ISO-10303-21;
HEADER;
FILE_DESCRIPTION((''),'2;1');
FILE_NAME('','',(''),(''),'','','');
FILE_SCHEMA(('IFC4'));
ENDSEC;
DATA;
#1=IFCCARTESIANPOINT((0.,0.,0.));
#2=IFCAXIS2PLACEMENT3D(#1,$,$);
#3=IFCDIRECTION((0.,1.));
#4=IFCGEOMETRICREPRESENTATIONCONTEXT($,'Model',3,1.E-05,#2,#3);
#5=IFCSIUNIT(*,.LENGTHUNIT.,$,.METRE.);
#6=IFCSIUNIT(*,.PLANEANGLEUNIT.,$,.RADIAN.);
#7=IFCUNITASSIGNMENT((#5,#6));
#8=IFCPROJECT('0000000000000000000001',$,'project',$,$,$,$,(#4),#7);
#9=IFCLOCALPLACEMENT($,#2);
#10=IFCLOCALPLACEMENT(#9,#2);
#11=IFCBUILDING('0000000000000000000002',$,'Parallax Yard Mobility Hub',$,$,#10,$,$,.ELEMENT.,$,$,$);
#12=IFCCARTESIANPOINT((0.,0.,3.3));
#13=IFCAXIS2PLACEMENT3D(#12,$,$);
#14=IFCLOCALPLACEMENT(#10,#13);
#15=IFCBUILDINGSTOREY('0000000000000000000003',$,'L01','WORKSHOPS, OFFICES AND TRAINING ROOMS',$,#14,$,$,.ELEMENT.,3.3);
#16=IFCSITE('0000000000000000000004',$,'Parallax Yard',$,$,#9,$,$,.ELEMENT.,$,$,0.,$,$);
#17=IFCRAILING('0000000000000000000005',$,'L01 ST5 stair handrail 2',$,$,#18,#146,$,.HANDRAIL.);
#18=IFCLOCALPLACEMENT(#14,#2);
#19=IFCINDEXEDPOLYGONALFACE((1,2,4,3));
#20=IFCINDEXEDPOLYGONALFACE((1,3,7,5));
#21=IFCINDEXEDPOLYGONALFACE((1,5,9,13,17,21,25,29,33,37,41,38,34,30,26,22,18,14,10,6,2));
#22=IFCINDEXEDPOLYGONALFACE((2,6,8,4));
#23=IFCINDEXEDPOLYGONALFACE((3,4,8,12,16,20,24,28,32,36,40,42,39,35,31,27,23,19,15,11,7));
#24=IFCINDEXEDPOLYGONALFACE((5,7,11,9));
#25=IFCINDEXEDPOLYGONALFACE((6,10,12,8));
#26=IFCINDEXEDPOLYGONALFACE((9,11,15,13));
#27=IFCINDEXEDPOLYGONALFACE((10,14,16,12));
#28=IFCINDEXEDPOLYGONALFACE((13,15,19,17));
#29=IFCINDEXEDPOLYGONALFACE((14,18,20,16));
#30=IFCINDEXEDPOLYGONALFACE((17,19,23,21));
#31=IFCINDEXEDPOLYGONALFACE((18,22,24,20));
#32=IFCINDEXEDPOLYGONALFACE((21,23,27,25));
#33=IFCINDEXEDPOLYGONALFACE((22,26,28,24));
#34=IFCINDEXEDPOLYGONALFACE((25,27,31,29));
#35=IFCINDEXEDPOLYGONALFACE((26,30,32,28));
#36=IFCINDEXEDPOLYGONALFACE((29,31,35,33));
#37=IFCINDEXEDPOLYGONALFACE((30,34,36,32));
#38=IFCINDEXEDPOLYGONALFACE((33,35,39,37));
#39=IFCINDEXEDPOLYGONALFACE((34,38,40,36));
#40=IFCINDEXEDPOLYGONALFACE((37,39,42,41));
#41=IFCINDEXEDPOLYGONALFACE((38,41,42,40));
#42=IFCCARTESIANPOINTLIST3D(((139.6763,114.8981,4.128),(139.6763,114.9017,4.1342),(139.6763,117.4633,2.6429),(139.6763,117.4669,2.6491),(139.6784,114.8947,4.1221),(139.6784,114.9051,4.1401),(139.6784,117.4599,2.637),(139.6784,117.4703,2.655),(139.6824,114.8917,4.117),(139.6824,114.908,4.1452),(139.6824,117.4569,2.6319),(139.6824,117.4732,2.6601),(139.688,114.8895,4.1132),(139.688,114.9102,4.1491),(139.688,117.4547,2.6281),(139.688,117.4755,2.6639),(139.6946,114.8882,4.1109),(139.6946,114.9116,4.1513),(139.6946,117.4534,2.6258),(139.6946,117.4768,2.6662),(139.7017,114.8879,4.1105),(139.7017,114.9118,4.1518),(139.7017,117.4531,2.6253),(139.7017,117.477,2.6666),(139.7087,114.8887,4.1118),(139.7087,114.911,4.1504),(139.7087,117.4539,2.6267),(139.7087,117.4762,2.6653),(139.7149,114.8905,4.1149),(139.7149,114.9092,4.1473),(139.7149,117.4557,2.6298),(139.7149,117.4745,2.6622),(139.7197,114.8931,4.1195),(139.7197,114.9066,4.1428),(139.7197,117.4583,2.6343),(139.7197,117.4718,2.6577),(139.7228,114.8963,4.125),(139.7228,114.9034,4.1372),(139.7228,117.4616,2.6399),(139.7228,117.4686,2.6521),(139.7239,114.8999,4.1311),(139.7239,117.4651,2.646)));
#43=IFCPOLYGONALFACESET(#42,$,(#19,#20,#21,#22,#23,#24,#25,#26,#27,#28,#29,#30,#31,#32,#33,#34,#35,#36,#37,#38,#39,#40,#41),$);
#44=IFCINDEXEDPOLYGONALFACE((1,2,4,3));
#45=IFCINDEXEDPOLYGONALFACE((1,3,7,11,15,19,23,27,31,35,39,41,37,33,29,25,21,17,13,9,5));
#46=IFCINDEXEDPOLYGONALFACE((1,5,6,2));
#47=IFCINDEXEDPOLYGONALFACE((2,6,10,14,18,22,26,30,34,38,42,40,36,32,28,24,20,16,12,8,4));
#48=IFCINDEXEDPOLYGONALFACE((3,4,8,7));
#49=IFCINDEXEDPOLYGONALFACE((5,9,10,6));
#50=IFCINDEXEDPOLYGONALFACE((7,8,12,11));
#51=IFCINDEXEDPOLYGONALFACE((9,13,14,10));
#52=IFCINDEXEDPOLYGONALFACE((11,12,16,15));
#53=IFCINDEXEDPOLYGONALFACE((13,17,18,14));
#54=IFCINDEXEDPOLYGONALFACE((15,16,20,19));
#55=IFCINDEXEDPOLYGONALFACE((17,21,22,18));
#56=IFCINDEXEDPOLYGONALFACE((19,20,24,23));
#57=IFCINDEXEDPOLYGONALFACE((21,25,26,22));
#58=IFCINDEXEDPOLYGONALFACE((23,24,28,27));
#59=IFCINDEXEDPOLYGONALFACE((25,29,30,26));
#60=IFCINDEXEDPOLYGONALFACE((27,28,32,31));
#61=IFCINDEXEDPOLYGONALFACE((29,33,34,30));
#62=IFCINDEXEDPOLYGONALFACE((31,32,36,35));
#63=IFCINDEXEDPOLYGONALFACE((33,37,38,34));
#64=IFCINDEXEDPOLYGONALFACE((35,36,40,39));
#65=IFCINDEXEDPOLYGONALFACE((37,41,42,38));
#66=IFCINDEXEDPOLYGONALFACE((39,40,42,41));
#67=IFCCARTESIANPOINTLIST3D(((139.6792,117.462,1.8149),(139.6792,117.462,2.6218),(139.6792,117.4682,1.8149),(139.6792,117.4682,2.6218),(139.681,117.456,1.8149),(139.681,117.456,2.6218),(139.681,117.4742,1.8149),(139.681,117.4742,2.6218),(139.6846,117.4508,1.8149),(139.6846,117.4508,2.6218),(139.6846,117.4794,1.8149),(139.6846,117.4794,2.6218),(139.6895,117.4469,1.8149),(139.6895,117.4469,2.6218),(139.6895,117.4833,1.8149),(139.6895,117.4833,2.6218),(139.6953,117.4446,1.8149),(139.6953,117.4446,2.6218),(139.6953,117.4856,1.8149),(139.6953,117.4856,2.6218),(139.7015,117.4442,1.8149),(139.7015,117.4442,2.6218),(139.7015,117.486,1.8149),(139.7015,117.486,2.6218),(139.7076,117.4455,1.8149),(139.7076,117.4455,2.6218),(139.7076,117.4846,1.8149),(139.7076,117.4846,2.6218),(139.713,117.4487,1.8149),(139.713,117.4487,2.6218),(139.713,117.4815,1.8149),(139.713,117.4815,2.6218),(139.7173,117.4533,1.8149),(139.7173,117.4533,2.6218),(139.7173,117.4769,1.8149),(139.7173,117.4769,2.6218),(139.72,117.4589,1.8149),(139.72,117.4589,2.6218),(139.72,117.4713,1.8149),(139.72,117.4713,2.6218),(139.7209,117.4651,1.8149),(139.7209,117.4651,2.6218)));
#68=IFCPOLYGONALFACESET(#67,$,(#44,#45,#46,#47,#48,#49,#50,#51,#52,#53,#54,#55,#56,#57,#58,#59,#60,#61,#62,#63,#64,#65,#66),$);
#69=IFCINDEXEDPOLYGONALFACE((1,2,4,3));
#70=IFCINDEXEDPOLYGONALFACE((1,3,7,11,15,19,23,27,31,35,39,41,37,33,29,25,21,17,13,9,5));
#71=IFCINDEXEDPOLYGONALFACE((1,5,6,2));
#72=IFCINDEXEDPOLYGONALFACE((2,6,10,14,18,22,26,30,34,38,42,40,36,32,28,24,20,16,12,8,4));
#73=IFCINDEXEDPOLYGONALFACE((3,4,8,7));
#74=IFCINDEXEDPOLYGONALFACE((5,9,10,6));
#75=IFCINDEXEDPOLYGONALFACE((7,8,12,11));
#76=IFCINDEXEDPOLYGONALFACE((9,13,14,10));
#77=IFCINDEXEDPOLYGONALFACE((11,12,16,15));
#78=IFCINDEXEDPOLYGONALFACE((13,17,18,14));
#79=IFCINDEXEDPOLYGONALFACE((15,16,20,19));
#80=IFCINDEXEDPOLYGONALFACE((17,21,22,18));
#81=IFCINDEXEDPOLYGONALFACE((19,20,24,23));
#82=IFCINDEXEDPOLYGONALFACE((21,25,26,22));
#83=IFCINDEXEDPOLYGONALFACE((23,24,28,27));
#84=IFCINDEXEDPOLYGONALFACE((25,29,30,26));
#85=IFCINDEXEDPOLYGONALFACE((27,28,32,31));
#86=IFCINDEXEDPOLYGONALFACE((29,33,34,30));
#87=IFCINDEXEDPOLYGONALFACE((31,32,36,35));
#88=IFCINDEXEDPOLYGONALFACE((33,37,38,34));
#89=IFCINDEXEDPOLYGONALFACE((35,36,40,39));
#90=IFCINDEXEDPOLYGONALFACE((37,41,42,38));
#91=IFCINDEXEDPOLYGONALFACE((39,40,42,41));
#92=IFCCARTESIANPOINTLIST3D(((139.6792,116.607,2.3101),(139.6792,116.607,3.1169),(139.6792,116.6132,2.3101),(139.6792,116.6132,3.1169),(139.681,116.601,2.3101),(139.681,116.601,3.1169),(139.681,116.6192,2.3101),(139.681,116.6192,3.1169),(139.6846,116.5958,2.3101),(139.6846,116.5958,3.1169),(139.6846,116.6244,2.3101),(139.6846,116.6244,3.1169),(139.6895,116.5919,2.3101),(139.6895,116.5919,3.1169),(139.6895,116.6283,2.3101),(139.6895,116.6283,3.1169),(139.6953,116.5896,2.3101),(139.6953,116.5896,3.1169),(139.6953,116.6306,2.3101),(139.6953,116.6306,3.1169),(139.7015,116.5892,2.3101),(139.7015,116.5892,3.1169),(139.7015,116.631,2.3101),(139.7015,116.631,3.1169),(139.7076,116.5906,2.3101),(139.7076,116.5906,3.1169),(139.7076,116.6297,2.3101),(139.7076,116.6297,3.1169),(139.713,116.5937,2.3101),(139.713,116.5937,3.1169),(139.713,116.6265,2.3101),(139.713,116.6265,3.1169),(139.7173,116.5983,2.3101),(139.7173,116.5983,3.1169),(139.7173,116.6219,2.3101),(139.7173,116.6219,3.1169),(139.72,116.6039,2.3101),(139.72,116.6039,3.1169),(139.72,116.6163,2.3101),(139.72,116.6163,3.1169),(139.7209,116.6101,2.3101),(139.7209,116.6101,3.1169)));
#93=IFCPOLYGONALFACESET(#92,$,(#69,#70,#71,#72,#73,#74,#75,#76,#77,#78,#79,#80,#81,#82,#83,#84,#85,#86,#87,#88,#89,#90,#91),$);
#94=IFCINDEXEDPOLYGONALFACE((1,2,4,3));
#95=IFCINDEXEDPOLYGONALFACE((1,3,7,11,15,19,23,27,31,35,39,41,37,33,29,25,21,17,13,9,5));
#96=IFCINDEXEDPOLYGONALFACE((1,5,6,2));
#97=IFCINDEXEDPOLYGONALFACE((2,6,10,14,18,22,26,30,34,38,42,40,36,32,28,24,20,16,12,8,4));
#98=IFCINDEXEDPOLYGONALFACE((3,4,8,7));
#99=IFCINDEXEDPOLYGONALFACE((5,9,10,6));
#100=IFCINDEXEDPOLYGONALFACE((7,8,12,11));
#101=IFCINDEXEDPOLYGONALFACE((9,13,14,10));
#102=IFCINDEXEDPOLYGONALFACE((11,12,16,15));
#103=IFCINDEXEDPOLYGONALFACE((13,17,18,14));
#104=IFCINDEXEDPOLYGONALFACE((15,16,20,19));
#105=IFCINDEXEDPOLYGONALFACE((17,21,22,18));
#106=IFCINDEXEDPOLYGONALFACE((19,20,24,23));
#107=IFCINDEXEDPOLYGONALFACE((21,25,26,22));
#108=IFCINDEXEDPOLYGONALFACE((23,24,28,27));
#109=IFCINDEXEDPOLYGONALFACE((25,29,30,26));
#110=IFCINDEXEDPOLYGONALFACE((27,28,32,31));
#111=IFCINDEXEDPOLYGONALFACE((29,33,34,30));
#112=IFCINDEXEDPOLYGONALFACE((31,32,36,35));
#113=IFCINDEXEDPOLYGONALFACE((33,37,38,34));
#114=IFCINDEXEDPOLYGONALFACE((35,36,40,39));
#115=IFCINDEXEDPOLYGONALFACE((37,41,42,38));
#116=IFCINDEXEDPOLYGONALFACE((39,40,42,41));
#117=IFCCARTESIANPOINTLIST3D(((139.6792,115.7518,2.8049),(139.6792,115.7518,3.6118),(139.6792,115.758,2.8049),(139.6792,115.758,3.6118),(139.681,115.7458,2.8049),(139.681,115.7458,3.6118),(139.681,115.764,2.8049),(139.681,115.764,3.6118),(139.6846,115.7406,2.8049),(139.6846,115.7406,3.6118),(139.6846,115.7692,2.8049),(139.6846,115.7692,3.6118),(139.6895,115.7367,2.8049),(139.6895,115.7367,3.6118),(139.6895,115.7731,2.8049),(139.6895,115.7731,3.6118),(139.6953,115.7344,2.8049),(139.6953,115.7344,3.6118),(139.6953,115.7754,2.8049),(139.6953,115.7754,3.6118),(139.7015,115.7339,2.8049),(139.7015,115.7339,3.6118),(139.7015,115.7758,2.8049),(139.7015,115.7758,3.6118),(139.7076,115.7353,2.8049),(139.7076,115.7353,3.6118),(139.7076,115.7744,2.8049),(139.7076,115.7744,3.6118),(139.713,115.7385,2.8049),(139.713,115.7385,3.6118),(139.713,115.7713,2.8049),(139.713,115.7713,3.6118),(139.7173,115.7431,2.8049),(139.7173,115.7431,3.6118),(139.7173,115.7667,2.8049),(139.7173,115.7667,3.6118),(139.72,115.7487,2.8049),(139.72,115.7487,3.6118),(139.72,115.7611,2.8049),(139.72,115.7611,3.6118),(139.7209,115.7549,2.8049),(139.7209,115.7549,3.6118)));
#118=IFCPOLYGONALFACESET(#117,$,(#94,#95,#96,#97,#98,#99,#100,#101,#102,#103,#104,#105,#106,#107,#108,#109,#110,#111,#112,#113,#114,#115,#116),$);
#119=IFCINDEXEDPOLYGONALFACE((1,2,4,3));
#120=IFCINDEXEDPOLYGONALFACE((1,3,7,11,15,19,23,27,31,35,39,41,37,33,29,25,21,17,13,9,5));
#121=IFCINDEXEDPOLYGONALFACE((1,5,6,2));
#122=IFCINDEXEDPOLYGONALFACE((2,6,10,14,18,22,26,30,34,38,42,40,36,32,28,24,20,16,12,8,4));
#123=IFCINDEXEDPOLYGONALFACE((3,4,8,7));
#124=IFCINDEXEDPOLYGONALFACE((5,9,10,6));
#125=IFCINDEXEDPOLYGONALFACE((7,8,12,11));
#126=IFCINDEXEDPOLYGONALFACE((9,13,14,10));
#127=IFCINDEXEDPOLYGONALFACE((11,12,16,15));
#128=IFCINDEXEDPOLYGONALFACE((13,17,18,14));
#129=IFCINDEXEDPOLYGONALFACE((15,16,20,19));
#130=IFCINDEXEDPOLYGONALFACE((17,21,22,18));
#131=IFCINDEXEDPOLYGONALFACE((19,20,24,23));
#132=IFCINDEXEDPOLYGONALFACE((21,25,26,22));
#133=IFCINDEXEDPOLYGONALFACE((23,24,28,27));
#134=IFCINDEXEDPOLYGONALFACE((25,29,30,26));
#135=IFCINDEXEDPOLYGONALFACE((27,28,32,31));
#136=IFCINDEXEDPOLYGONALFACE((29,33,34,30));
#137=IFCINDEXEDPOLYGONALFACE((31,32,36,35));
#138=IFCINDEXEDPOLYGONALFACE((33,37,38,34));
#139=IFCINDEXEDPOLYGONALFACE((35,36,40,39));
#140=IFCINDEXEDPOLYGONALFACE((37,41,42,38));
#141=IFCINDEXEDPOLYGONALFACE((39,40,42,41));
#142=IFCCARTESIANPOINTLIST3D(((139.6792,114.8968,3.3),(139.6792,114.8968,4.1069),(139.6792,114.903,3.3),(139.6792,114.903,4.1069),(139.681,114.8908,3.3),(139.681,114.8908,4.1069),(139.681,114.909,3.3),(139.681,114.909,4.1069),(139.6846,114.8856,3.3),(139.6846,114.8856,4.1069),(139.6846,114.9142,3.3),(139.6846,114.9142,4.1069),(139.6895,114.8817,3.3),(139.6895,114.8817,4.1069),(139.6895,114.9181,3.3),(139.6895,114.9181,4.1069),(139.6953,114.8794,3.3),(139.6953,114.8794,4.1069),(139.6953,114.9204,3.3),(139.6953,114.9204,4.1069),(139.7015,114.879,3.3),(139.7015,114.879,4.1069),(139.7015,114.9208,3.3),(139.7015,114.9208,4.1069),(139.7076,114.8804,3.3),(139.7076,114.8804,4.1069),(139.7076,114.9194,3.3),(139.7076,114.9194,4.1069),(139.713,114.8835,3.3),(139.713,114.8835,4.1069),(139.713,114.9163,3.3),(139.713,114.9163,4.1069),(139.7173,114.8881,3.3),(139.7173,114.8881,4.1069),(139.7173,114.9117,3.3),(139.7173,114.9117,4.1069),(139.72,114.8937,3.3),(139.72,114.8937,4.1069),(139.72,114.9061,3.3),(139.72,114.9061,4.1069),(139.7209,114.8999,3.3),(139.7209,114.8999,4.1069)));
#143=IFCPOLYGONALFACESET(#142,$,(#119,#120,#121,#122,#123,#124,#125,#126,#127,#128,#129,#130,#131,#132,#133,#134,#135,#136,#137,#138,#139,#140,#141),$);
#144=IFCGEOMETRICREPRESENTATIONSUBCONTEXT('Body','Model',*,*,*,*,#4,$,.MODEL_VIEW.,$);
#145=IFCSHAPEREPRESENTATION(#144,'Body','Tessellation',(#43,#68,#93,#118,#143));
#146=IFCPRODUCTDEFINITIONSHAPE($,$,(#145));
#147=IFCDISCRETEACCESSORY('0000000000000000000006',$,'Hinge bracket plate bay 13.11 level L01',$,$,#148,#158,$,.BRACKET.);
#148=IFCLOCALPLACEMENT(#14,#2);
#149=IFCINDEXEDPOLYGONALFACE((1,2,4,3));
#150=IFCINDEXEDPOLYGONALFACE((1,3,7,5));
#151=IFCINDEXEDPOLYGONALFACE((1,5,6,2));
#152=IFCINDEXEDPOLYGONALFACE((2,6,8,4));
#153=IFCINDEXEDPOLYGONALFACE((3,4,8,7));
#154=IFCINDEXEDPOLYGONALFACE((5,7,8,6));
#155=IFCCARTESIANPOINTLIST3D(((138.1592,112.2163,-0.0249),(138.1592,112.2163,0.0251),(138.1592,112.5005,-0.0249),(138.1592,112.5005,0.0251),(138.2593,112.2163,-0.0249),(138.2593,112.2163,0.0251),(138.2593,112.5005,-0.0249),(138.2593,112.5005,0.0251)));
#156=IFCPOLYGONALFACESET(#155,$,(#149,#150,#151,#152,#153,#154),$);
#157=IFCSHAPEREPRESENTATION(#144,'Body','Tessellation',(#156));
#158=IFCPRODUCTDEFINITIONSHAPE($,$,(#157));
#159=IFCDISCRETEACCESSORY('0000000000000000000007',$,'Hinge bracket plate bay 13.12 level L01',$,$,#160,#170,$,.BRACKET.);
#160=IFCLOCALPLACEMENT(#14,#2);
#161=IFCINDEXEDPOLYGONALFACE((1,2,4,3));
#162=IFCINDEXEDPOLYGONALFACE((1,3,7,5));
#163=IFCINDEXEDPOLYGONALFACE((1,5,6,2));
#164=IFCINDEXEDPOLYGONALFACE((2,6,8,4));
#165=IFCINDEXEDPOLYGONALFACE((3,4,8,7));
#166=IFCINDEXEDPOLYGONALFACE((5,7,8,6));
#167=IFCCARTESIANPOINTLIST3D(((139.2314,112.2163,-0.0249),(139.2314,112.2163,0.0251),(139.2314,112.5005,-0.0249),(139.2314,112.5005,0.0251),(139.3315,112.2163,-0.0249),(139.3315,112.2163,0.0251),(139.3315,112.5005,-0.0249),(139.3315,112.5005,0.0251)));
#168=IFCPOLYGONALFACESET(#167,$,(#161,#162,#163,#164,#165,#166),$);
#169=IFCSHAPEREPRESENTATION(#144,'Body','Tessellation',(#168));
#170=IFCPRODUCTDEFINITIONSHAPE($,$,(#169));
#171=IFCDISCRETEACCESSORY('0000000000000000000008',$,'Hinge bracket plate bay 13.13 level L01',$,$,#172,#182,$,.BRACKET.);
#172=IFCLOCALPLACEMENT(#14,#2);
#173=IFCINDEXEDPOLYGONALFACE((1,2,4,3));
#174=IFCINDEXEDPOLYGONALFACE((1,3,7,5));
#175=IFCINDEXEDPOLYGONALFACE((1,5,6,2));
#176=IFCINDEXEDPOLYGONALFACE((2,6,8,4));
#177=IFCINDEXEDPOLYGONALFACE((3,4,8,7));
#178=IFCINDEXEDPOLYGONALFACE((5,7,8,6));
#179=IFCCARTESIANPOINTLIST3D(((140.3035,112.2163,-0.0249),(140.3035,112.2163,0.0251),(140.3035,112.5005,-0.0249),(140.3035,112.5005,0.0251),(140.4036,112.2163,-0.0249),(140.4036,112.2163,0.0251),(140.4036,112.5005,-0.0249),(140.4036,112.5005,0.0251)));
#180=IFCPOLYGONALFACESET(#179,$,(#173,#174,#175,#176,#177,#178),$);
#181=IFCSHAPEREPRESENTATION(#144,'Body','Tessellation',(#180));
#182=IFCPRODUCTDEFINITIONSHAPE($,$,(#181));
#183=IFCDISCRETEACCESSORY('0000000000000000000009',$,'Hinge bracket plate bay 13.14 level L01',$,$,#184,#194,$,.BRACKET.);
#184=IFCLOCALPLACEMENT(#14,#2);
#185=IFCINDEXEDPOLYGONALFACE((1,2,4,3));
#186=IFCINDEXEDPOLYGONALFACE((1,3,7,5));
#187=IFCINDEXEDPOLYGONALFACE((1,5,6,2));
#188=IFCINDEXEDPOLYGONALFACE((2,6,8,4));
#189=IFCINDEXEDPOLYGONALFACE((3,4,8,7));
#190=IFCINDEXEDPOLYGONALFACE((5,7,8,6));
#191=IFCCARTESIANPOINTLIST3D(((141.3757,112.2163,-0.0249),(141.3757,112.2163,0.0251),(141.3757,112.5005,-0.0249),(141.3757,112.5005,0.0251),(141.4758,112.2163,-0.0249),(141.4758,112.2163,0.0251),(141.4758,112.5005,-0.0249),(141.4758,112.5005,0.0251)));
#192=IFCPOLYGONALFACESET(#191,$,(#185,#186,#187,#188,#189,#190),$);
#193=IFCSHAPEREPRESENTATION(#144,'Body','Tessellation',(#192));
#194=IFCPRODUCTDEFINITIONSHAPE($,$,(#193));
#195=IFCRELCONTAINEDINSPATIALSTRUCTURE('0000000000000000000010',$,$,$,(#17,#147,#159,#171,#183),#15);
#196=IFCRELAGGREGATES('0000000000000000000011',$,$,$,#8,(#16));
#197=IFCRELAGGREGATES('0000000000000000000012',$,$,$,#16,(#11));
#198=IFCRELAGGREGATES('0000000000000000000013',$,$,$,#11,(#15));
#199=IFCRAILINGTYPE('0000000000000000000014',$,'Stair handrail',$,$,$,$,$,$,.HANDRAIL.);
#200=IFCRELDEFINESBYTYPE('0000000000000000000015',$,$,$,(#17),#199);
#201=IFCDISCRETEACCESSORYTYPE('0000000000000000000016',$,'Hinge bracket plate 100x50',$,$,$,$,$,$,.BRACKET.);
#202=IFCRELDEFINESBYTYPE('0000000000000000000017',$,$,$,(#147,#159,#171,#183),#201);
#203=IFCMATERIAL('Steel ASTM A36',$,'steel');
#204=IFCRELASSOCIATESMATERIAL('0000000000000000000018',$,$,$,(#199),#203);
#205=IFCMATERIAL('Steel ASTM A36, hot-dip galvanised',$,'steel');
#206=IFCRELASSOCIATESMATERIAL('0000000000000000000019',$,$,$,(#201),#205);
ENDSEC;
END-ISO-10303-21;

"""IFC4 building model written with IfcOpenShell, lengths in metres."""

from ifc_helpers import new_model, si_unit, direction, frame, origin, origin_2d, place, context, subcontext, project, spatial, rectangle, circle, extrude, material, type_object, element, save


model = new_model("IFC4")

# Units and contexts
model_context = context("Model", 3, precision=1e-05, world=origin(), true_north=direction((0.0, 1.0)))
body_context = subcontext(model_context, "Body", "Model", "MODEL_VIEW")
ifc_project = project(units=[si_unit("LENGTHUNIT", "METRE"), si_unit("PLANEANGLEUNIT", "RADIAN")], contexts=[model_context])

# Site, building, storey
site_placement = place(None, origin())
site = spatial("IfcSite", under=ifc_project, at=site_placement, Name="Parallax Yard", CompositionType="ELEMENT", RefElevation=0.0)
building_placement = place(site_placement, origin())
building = spatial("IfcBuilding", under=site, at=building_placement, Name="Parallax Yard Mobility Hub", CompositionType="ELEMENT")
storey_placement = place(building_placement, frame((0.0, 0.0, 3.3)))
storey = spatial("IfcBuildingStorey", under=building, at=storey_placement, Name="L01", Description="WORKSHOPS, OFFICES AND TRAINING ROOMS", CompositionType="ELEMENT", Elevation=3.3)

# Railing
ifc_material_1 = material(Name="Steel ASTM A36", Category="steel")
railing_type_1 = type_object("IfcRailingType", Name="Stair handrail", PredefinedType="HANDRAIL", material=ifc_material_1)
railing_1_placement = place(storey_placement, frame((139.7, 117.4651, 1.8149)))
element("IfcRailing", 1, at=railing_1_placement, inside=storey, type_object=railing_type_1, Name="L01 ST5 stair handrail 2", PredefinedType="HANDRAIL", context=body_context, shape_type="SweptSolid", body=[
    extrude(circle(Radius=0.0239, at=origin_2d()), frame((0.0, 0.0, 0.8311), z_axis=(0.0, -0.865426, 0.501036), x_axis=(1.0, 0.0, 0.0)), (0.0, 0.0, 1.0), 2.9641),
    extrude(circle(Radius=0.021, at=origin_2d()), origin(), (0.0, 0.0, 1.0), 0.8069),
    extrude(circle(Radius=0.021, at=origin_2d()), frame((0.0, -0.855, 0.4951)), (0.0, 0.0, 1.0), 0.8069),
    extrude(circle(Radius=0.021, at=origin_2d()), frame((0.0, -1.7102, 0.99)), (0.0, 0.0, 1.0), 0.8069),
    extrude(circle(Radius=0.021, at=origin_2d()), frame((0.0, -2.5652, 1.4851)), (0.0, 0.0, 1.0), 0.8069),
])

# Discrete accessories
ifc_material_2 = material(Name="Steel ASTM A36, hot-dip galvanised", Category="steel")
discrete_accessory_type_1 = type_object("IfcDiscreteAccessoryType", Name="Hinge bracket plate 100x50", PredefinedType="BRACKET", material=ifc_material_2)
for number, where, z_axis, x_axis, name in (
    (2, (138.2092, 112.3584, -0.0249), (0.0, 0.0, 1.0), (0.0, -1.0, 0.0), "Hinge bracket plate bay 13.11 level L01"),
    (3, (139.2815, 112.3584, -0.0249), (0.0, 0.0, 1.0), (0.0, -1.0, 0.0), "Hinge bracket plate bay 13.12 level L01"),
    (4, (140.3535, 112.3584, -0.0249), (0.0, 0.0, 1.0), (0.0, -1.0, 0.0), "Hinge bracket plate bay 13.13 level L01"),
    (5, (141.4258, 112.3584, -0.0249), (0.0, 0.0, 1.0), (0.0, -1.0, 0.0), "Hinge bracket plate bay 13.14 level L01"),
):
    element("IfcDiscreteAccessory", number, at=place(storey_placement, frame(where, z_axis=z_axis, x_axis=x_axis)), inside=storey, type_object=discrete_accessory_type_1, Name=name, PredefinedType="BRACKET", context=body_context, shape_type="SweptSolid", body=[
        extrude(rectangle(XDim=0.2842, YDim=0.1001, at=origin_2d()), origin(), (0.0, 0.0, 1.0), 0.05),
    ])

save(model, "model.ifc")
